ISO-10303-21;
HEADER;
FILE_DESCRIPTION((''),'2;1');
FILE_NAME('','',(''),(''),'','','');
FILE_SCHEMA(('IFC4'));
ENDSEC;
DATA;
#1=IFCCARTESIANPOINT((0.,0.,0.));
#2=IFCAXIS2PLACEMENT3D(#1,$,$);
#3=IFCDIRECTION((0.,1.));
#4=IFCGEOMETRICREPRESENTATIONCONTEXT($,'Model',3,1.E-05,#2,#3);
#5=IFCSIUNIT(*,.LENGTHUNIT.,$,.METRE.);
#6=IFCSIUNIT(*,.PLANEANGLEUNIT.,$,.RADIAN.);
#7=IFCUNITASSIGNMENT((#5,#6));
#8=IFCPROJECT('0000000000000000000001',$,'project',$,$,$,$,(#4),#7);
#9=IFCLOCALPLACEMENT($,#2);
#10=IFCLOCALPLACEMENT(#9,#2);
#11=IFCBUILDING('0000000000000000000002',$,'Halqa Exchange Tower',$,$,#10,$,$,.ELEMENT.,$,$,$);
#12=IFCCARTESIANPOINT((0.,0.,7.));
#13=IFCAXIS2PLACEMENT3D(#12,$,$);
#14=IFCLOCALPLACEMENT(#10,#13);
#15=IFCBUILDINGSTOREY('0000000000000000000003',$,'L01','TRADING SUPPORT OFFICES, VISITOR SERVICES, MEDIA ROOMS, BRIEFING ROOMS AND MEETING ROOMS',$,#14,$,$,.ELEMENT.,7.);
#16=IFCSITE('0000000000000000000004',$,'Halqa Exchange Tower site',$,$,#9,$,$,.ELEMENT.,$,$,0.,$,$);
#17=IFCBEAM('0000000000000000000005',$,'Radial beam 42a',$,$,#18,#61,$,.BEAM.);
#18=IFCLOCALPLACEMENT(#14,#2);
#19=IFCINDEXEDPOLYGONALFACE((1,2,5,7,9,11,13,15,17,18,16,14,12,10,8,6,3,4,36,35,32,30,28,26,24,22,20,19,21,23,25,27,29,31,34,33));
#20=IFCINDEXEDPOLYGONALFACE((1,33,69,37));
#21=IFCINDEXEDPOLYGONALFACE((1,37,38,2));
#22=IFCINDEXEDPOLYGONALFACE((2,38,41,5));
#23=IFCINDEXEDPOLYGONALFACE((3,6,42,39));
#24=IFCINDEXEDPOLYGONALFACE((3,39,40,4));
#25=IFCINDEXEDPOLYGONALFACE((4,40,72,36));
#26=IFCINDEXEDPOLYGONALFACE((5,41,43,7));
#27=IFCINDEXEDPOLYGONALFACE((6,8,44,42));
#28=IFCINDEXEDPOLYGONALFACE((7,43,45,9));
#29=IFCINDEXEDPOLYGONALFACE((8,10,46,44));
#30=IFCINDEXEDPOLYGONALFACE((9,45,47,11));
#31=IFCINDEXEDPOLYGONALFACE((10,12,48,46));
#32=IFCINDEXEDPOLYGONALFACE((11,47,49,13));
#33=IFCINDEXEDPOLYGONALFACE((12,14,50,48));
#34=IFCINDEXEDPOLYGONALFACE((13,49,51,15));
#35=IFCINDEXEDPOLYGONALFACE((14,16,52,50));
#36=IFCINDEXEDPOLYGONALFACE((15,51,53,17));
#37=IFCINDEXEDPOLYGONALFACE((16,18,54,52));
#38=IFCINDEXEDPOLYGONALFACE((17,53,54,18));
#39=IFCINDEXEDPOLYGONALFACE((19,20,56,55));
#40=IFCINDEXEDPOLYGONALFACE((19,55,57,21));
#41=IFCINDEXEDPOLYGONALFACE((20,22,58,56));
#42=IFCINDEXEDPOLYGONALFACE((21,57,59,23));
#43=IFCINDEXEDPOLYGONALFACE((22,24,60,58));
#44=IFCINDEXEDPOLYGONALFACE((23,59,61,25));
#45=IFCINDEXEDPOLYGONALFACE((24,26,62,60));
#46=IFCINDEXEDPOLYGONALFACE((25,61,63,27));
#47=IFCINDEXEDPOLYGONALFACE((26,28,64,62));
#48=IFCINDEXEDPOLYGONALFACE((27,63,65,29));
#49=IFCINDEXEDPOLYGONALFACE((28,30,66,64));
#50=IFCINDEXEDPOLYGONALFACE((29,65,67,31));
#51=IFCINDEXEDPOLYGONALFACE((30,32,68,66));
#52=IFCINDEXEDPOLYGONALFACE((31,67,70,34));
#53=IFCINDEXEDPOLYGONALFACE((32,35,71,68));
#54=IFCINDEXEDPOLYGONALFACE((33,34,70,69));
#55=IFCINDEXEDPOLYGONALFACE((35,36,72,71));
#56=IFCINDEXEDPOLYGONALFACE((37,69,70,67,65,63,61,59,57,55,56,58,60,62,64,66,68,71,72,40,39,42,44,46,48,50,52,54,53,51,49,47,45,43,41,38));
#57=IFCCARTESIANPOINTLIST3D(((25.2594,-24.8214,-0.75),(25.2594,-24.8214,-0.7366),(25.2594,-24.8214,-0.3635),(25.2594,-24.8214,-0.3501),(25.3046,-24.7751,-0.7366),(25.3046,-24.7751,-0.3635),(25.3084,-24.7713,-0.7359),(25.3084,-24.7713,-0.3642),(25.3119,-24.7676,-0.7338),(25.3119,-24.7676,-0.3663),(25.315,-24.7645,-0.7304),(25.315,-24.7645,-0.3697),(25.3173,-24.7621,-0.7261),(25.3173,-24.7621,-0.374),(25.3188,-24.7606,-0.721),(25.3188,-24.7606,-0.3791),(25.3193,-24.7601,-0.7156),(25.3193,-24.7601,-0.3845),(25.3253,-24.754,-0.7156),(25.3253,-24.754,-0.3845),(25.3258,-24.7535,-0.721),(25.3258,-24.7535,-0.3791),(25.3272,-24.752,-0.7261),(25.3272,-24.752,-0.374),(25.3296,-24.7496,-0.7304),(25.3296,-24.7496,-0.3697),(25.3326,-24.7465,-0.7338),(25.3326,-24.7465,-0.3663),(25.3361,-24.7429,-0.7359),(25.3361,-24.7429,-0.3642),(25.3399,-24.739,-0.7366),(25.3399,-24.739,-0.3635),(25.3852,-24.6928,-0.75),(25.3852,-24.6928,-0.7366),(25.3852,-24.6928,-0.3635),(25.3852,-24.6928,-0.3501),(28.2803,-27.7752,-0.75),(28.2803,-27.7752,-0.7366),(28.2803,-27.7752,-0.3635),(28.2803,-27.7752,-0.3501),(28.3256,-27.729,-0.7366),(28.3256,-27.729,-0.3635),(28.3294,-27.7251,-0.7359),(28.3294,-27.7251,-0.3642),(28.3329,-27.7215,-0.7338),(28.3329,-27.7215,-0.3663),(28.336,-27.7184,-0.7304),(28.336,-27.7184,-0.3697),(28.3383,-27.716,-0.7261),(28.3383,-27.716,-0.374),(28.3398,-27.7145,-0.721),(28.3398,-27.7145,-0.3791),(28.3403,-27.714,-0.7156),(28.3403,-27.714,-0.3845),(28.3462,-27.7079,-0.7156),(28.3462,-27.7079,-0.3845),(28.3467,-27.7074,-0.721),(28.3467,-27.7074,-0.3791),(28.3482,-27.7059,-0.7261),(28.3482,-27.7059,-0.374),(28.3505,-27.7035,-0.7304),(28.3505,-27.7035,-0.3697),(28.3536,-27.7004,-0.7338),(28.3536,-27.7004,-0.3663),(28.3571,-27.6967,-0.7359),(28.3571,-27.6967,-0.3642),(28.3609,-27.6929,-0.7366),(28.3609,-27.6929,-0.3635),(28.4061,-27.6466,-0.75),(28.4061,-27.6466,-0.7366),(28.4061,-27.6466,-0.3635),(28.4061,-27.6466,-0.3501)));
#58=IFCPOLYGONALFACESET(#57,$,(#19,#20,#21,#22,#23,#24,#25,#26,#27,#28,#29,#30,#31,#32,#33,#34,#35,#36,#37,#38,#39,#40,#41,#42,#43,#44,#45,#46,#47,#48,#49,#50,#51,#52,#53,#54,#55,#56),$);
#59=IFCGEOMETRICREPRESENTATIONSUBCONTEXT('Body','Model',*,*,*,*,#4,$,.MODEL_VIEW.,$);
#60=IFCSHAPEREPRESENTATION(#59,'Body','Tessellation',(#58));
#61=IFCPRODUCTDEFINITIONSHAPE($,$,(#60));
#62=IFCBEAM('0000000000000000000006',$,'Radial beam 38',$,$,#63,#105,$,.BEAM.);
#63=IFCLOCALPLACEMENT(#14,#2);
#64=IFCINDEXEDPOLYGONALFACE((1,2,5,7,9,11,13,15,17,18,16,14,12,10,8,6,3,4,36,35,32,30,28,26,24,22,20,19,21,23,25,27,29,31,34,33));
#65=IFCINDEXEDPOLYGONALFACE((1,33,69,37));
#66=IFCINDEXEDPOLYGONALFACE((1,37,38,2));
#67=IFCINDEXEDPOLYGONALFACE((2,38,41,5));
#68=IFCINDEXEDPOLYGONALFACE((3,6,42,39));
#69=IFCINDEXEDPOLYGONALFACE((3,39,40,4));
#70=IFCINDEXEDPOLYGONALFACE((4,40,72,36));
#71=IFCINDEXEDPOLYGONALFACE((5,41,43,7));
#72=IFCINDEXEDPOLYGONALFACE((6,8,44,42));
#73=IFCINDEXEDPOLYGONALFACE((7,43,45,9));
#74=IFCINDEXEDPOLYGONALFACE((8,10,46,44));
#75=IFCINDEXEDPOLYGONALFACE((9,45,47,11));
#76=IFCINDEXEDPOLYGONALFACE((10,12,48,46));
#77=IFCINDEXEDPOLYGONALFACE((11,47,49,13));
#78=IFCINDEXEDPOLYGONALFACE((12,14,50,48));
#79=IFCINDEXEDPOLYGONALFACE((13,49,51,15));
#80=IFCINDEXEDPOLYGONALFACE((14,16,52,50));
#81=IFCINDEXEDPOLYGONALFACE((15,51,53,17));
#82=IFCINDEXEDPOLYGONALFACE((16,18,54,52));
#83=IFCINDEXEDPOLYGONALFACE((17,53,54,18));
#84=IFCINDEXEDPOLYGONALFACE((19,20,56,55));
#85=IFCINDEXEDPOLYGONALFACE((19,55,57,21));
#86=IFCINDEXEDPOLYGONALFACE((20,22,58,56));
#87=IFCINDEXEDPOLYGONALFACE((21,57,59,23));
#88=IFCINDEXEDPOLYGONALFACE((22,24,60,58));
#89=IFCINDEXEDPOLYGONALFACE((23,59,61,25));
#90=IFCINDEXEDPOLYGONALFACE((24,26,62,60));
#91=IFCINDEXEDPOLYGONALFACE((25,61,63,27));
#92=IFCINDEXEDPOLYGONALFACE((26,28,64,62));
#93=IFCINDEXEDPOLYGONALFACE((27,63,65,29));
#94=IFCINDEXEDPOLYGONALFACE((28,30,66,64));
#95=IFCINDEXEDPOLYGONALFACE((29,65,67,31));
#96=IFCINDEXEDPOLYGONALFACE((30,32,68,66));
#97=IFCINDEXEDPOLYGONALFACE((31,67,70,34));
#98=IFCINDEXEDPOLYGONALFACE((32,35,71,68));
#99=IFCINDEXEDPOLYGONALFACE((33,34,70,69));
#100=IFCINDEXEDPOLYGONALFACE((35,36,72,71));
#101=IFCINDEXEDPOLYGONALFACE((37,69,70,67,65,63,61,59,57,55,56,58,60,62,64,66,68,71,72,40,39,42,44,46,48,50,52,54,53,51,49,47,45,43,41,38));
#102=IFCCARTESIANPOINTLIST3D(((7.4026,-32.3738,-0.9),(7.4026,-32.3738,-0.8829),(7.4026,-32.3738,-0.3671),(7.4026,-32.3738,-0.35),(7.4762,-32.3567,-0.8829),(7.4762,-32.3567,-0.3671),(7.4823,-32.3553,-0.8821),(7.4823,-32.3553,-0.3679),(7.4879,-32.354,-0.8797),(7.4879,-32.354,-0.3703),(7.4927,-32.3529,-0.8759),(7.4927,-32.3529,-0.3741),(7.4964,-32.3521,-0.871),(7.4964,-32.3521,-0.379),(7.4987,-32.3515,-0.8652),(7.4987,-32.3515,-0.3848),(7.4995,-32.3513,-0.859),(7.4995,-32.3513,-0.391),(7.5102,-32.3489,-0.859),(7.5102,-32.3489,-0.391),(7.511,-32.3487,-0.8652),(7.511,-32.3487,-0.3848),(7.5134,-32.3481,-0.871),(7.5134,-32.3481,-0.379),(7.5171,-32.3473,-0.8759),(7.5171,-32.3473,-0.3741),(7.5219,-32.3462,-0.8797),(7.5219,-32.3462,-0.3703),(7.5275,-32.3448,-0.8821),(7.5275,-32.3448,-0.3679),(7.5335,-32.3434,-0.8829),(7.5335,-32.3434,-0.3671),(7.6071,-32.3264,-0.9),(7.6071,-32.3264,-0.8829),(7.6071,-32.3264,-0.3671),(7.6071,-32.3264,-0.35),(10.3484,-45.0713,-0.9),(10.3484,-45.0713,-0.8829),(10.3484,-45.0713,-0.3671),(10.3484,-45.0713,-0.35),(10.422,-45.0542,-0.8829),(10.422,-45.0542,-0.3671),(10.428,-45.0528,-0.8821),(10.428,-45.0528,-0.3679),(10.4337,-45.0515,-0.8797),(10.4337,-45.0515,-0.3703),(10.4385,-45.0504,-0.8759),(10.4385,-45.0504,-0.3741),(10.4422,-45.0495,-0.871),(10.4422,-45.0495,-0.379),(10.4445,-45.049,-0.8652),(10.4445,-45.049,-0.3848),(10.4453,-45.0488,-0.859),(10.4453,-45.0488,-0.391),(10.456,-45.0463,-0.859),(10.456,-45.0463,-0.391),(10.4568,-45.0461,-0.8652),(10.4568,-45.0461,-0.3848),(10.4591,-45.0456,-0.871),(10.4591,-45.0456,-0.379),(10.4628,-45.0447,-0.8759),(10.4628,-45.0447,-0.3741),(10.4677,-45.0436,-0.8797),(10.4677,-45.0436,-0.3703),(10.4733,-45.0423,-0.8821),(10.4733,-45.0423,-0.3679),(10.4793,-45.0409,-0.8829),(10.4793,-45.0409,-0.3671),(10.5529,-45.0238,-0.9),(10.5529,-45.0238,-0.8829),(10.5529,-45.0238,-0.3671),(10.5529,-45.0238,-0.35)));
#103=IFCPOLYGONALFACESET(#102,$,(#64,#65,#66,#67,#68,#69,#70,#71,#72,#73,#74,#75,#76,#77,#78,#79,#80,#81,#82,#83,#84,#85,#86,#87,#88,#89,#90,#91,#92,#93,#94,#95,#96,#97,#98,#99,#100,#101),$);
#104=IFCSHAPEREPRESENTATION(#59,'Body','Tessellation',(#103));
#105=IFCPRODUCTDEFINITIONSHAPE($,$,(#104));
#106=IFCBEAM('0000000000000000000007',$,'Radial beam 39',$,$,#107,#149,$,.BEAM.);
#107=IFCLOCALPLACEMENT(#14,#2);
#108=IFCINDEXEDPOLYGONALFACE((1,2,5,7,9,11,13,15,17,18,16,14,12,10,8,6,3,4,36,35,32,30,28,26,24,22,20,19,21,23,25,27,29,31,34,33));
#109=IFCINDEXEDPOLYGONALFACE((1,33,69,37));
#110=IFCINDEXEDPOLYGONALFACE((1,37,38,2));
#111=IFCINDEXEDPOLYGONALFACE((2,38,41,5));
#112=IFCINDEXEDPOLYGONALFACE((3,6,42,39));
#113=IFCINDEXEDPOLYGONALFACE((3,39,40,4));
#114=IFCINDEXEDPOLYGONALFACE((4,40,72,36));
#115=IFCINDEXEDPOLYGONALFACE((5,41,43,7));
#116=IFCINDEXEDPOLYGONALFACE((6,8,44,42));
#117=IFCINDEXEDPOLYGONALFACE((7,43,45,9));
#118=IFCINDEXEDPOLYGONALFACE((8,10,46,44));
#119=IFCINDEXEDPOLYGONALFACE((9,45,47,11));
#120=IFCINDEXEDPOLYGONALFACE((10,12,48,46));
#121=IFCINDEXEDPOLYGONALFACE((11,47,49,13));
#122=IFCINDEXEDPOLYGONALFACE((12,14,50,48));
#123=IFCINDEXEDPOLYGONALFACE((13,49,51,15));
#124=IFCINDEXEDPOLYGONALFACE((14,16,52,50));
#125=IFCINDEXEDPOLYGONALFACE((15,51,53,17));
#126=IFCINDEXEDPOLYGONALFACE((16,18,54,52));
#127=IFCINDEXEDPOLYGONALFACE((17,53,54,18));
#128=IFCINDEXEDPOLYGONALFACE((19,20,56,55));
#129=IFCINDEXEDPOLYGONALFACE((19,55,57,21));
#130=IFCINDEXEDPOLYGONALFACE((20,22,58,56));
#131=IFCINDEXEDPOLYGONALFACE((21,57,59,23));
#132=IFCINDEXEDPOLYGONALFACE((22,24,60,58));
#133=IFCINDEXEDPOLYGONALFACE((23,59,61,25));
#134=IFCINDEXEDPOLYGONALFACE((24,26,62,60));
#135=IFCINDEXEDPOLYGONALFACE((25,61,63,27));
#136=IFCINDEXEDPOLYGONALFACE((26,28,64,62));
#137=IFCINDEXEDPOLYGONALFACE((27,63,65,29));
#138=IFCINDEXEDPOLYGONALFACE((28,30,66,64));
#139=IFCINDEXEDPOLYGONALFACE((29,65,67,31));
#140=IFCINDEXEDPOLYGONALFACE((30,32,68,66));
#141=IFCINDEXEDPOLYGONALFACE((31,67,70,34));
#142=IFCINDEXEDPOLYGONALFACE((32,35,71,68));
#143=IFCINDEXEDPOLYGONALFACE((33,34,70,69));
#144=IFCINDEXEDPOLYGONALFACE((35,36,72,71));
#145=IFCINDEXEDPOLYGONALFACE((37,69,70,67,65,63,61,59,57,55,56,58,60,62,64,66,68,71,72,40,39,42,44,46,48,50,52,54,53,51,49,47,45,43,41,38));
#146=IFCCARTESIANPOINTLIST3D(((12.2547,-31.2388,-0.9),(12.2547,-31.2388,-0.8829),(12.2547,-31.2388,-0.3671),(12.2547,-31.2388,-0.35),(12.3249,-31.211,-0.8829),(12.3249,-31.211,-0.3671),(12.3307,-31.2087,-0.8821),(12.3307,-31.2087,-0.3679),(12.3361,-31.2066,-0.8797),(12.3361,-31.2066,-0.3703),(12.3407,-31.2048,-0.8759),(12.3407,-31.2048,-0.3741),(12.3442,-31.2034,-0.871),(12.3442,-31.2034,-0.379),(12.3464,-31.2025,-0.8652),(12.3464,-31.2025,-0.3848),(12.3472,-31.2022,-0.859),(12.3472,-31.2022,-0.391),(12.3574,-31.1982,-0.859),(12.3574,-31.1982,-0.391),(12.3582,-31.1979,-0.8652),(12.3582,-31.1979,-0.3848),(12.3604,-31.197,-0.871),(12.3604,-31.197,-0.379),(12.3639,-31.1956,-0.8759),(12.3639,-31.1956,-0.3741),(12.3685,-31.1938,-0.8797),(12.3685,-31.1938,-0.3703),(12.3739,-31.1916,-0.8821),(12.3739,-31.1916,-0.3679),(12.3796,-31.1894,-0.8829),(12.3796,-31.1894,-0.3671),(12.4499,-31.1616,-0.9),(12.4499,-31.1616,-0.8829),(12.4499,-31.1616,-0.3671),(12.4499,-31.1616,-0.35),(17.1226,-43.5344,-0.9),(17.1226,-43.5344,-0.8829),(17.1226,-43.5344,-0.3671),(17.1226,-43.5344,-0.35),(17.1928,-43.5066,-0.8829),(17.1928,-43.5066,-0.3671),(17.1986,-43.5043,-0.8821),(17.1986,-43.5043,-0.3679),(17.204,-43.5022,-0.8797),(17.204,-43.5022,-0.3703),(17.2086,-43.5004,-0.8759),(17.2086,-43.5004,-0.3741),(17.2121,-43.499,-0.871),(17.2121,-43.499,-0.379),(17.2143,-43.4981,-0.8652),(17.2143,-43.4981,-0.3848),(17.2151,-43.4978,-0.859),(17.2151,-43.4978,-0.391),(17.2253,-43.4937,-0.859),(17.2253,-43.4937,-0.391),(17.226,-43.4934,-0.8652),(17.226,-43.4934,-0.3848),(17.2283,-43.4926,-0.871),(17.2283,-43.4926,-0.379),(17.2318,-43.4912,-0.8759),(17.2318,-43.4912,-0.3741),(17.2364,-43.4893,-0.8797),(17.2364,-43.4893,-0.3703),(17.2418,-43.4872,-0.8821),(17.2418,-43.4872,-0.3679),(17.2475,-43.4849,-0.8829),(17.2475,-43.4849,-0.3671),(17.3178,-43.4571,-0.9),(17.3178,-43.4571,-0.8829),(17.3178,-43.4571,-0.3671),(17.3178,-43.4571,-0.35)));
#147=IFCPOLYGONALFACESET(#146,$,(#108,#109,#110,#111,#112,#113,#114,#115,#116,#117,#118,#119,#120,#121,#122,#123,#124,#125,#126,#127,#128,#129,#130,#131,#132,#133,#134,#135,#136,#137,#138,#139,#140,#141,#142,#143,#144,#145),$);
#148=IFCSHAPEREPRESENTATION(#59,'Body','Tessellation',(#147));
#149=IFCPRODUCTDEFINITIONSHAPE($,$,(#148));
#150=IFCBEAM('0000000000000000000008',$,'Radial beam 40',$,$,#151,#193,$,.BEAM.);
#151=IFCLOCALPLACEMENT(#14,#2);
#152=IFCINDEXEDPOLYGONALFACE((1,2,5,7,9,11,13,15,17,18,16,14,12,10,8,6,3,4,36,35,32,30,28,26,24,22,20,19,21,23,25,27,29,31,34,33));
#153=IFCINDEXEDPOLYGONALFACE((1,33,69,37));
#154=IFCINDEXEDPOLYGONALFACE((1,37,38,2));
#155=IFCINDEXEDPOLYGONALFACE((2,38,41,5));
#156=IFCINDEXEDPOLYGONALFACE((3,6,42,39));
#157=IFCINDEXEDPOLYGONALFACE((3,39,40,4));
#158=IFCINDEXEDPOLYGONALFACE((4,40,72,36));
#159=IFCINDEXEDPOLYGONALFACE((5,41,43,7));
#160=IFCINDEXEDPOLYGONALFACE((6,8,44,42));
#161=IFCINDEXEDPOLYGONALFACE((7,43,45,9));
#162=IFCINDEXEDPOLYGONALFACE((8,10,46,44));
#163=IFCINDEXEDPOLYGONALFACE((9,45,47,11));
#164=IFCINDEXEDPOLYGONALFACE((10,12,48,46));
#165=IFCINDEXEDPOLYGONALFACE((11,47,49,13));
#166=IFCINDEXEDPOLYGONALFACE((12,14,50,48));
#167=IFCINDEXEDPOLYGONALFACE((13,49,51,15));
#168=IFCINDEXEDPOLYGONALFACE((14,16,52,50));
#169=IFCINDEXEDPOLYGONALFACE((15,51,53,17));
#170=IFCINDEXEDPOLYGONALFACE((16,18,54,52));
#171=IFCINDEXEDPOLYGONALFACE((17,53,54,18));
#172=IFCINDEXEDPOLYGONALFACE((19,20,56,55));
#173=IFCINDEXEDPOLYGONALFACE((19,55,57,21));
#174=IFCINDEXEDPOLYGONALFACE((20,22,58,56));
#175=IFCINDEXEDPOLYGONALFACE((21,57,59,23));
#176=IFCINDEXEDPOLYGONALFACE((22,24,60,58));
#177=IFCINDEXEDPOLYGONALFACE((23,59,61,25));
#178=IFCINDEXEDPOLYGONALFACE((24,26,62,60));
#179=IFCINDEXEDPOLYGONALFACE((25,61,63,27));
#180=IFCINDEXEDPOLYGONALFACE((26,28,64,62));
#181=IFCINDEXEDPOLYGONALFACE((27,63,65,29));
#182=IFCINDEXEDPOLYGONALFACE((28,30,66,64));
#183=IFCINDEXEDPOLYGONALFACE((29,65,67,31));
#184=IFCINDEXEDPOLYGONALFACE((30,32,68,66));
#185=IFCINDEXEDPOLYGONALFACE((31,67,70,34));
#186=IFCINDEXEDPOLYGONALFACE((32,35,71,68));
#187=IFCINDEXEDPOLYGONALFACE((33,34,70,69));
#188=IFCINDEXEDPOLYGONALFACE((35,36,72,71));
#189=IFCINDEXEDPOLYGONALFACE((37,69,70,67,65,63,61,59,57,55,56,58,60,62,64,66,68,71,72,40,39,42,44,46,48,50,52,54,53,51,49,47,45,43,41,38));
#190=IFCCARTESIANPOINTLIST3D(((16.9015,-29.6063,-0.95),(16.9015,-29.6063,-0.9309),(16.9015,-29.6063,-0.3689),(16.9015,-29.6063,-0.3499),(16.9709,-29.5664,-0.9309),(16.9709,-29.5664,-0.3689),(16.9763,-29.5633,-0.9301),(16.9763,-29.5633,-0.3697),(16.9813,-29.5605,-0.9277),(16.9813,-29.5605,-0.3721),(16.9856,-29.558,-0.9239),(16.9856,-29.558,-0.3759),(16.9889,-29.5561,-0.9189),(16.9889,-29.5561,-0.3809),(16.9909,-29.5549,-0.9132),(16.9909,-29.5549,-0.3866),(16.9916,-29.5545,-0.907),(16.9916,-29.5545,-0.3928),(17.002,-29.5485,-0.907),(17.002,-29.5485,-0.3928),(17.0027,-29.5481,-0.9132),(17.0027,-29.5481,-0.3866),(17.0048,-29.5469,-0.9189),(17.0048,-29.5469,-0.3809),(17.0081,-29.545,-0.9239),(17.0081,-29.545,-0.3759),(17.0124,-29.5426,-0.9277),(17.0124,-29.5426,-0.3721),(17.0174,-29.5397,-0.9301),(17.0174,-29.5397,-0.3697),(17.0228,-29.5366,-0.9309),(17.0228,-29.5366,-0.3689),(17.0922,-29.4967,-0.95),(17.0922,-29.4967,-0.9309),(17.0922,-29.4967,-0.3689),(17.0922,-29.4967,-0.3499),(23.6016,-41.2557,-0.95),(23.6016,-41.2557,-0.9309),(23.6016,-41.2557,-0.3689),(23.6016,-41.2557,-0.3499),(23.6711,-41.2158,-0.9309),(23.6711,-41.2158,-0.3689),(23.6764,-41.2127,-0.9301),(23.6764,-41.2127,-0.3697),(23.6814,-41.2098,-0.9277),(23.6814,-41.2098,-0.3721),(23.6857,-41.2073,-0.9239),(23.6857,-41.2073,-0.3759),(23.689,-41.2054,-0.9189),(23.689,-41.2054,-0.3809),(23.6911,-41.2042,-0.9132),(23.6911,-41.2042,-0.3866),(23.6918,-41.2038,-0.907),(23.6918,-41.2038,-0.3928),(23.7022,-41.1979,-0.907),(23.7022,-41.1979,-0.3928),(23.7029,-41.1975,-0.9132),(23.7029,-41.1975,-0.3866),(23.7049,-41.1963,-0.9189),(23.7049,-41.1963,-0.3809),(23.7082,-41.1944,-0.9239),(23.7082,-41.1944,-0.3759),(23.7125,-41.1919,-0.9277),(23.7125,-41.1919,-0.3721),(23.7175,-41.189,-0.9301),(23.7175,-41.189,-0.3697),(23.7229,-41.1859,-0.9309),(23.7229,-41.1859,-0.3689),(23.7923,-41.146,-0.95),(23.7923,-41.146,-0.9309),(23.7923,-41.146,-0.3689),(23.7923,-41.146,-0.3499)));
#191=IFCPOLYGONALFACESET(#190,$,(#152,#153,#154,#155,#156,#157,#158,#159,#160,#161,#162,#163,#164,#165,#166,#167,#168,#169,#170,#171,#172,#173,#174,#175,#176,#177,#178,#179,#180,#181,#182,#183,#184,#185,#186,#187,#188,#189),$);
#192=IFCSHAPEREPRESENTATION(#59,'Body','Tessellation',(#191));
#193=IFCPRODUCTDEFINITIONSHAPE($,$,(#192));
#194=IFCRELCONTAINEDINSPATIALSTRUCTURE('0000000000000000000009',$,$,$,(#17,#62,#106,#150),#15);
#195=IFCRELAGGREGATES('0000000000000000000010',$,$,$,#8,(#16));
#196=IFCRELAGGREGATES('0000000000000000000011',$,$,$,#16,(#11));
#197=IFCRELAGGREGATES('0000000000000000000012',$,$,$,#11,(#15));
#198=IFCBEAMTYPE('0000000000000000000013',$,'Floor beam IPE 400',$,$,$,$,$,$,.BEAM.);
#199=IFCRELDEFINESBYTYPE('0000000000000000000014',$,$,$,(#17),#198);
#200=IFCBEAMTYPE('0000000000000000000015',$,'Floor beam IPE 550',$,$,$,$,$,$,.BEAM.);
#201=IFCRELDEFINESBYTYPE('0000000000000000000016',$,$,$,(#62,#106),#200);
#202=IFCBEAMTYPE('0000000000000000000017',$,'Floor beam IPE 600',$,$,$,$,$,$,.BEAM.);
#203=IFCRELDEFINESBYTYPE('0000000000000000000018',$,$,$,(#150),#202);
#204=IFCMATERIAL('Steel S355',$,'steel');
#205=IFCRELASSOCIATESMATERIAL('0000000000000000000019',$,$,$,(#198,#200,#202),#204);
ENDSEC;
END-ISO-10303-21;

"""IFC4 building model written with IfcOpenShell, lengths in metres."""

from ifc_helpers import new_model, si_unit, direction, frame, origin, origin_2d, place, context, subcontext, project, spatial, i_section, extrude, material, material_profile, profile_set, type_object, element, save


model = new_model("IFC4")

# Units and contexts
model_context = context("Model", 3, precision=1e-05, world=origin(), true_north=direction((0.0, 1.0)))
body_context = subcontext(model_context, "Body", "Model", "MODEL_VIEW")
ifc_project = project(units=[si_unit("LENGTHUNIT", "METRE"), si_unit("PLANEANGLEUNIT", "RADIAN")], contexts=[model_context])

# Site, building, storey
site_placement = place(None, origin())
site = spatial("IfcSite", under=ifc_project, at=site_placement, Name="Halqa Exchange Tower site", CompositionType="ELEMENT", RefElevation=0.0)
building_placement = place(site_placement, origin())
building = spatial("IfcBuilding", under=site, at=building_placement, Name="Halqa Exchange Tower", CompositionType="ELEMENT")
storey_placement = place(building_placement, frame((0.0, 0.0, 7.0)))
storey = spatial("IfcBuildingStorey", under=building, at=storey_placement, Name="L01", Description="TRADING SUPPORT OFFICES, VISITOR SERVICES, MEDIA ROOMS, BRIEFING ROOMS AND MEETING ROOMS", CompositionType="ELEMENT", Elevation=7.0)

# Beams
ifc_material_1 = material(Name="Steel S355", Category="steel")
ifc_material_profile_1 = material_profile(ifc_material_1, i_section(OverallWidth=0.1799, OverallDepth=0.3999, WebThickness=0.0085, FlangeThickness=0.0134, FilletRadius=0.021, at=origin_2d()), Name="IPE 400")
ifc_profile_set_1 = profile_set([ifc_material_profile_1], Name="Steel S355")
beam_type_1 = type_object("IfcBeamType", Name="Floor beam IPE 400", PredefinedType="BEAM", material=ifc_profile_set_1)
beam_1_placement = place(storey_placement, frame((25.3223, -24.7571, -0.55), z_axis=(0.715007, -0.699117, 0.0), x_axis=(0.699117, 0.715007, 0.0)))
element("IfcBeam", 1, at=beam_1_placement, inside=storey, type_object=beam_type_1, Name="Radial beam 42a", PredefinedType="BEAM", context=body_context, shape_type="SweptSolid", body=[
    extrude(i_section(OverallWidth=0.1799, OverallDepth=0.3999, WebThickness=0.0085, FlangeThickness=0.0134, FilletRadius=0.021, at=origin_2d()), origin(), (0.0, 0.0, 1.0), 4.2251),
])
ifc_material_profile_2 = material_profile(ifc_material_1, i_section(OverallWidth=0.21, OverallDepth=0.55, WebThickness=0.011, FlangeThickness=0.0171, FilletRadius=0.0239, at=origin_2d()), Name="IPE 550")
ifc_profile_set_2 = profile_set([ifc_material_profile_2], Name="Steel S355")
beam_type_2 = type_object("IfcBeamType", Name="Floor beam IPE 550", PredefinedType="BEAM", material=ifc_profile_set_2)
beam_2_placement = place(storey_placement, frame((7.5049, -32.3501, -0.625), z_axis=(0.225996, -0.974128, 0.0), x_axis=(0.974128, 0.225996, 0.0)))
element("IfcBeam", 2, at=beam_2_placement, inside=storey, type_object=beam_type_2, Name="Radial beam 38", PredefinedType="BEAM", context=body_context, shape_type="SweptSolid", body=[
    extrude(i_section(OverallWidth=0.21, OverallDepth=0.55, WebThickness=0.011, FlangeThickness=0.0171, FilletRadius=0.0239, at=origin_2d()), origin(), (0.0, 0.0, 1.0), 13.0347),
])
beam_3_placement = place(storey_placement, frame((12.3523, -31.2002, -0.625), z_axis=(0.368107, -0.929784, 0.0), x_axis=(0.929784, 0.368107, 0.0)))
element("IfcBeam", 3, at=beam_3_placement, inside=storey, type_object=beam_type_2, Name="Radial beam 39", PredefinedType="BEAM", context=body_context, shape_type="SweptSolid", body=[
    extrude(i_section(OverallWidth=0.21, OverallDepth=0.55, WebThickness=0.011, FlangeThickness=0.0171, FilletRadius=0.0239, at=origin_2d()), origin(), (0.0, 0.0, 1.0), 13.2241),
])
ifc_material_profile_3 = material_profile(ifc_material_1, i_section(OverallWidth=0.22, OverallDepth=0.6001, WebThickness=0.012, FlangeThickness=0.019, FilletRadius=0.0239, at=origin_2d()), Name="IPE 600")
ifc_profile_set_3 = profile_set([ifc_material_profile_3], Name="Steel S355")
beam_type_3 = type_object("IfcBeamType", Name="Floor beam IPE 600", PredefinedType="BEAM", material=ifc_profile_set_3)
beam_4_placement = place(storey_placement, frame((16.9968, -29.5515, -0.6499), z_axis=(0.498571, -0.866849, 0.0), x_axis=(0.866849, 0.498571, 0.0)))
element("IfcBeam", 4, at=beam_4_placement, inside=storey, type_object=beam_type_3, Name="Radial beam 40", PredefinedType="BEAM", context=body_context, shape_type="SweptSolid", body=[
    extrude(i_section(OverallWidth=0.22, OverallDepth=0.6001, WebThickness=0.012, FlangeThickness=0.019, FilletRadius=0.0239, at=origin_2d()), origin(), (0.0, 0.0, 1.0), 13.4387),
])

save(model, "model.ifc")
